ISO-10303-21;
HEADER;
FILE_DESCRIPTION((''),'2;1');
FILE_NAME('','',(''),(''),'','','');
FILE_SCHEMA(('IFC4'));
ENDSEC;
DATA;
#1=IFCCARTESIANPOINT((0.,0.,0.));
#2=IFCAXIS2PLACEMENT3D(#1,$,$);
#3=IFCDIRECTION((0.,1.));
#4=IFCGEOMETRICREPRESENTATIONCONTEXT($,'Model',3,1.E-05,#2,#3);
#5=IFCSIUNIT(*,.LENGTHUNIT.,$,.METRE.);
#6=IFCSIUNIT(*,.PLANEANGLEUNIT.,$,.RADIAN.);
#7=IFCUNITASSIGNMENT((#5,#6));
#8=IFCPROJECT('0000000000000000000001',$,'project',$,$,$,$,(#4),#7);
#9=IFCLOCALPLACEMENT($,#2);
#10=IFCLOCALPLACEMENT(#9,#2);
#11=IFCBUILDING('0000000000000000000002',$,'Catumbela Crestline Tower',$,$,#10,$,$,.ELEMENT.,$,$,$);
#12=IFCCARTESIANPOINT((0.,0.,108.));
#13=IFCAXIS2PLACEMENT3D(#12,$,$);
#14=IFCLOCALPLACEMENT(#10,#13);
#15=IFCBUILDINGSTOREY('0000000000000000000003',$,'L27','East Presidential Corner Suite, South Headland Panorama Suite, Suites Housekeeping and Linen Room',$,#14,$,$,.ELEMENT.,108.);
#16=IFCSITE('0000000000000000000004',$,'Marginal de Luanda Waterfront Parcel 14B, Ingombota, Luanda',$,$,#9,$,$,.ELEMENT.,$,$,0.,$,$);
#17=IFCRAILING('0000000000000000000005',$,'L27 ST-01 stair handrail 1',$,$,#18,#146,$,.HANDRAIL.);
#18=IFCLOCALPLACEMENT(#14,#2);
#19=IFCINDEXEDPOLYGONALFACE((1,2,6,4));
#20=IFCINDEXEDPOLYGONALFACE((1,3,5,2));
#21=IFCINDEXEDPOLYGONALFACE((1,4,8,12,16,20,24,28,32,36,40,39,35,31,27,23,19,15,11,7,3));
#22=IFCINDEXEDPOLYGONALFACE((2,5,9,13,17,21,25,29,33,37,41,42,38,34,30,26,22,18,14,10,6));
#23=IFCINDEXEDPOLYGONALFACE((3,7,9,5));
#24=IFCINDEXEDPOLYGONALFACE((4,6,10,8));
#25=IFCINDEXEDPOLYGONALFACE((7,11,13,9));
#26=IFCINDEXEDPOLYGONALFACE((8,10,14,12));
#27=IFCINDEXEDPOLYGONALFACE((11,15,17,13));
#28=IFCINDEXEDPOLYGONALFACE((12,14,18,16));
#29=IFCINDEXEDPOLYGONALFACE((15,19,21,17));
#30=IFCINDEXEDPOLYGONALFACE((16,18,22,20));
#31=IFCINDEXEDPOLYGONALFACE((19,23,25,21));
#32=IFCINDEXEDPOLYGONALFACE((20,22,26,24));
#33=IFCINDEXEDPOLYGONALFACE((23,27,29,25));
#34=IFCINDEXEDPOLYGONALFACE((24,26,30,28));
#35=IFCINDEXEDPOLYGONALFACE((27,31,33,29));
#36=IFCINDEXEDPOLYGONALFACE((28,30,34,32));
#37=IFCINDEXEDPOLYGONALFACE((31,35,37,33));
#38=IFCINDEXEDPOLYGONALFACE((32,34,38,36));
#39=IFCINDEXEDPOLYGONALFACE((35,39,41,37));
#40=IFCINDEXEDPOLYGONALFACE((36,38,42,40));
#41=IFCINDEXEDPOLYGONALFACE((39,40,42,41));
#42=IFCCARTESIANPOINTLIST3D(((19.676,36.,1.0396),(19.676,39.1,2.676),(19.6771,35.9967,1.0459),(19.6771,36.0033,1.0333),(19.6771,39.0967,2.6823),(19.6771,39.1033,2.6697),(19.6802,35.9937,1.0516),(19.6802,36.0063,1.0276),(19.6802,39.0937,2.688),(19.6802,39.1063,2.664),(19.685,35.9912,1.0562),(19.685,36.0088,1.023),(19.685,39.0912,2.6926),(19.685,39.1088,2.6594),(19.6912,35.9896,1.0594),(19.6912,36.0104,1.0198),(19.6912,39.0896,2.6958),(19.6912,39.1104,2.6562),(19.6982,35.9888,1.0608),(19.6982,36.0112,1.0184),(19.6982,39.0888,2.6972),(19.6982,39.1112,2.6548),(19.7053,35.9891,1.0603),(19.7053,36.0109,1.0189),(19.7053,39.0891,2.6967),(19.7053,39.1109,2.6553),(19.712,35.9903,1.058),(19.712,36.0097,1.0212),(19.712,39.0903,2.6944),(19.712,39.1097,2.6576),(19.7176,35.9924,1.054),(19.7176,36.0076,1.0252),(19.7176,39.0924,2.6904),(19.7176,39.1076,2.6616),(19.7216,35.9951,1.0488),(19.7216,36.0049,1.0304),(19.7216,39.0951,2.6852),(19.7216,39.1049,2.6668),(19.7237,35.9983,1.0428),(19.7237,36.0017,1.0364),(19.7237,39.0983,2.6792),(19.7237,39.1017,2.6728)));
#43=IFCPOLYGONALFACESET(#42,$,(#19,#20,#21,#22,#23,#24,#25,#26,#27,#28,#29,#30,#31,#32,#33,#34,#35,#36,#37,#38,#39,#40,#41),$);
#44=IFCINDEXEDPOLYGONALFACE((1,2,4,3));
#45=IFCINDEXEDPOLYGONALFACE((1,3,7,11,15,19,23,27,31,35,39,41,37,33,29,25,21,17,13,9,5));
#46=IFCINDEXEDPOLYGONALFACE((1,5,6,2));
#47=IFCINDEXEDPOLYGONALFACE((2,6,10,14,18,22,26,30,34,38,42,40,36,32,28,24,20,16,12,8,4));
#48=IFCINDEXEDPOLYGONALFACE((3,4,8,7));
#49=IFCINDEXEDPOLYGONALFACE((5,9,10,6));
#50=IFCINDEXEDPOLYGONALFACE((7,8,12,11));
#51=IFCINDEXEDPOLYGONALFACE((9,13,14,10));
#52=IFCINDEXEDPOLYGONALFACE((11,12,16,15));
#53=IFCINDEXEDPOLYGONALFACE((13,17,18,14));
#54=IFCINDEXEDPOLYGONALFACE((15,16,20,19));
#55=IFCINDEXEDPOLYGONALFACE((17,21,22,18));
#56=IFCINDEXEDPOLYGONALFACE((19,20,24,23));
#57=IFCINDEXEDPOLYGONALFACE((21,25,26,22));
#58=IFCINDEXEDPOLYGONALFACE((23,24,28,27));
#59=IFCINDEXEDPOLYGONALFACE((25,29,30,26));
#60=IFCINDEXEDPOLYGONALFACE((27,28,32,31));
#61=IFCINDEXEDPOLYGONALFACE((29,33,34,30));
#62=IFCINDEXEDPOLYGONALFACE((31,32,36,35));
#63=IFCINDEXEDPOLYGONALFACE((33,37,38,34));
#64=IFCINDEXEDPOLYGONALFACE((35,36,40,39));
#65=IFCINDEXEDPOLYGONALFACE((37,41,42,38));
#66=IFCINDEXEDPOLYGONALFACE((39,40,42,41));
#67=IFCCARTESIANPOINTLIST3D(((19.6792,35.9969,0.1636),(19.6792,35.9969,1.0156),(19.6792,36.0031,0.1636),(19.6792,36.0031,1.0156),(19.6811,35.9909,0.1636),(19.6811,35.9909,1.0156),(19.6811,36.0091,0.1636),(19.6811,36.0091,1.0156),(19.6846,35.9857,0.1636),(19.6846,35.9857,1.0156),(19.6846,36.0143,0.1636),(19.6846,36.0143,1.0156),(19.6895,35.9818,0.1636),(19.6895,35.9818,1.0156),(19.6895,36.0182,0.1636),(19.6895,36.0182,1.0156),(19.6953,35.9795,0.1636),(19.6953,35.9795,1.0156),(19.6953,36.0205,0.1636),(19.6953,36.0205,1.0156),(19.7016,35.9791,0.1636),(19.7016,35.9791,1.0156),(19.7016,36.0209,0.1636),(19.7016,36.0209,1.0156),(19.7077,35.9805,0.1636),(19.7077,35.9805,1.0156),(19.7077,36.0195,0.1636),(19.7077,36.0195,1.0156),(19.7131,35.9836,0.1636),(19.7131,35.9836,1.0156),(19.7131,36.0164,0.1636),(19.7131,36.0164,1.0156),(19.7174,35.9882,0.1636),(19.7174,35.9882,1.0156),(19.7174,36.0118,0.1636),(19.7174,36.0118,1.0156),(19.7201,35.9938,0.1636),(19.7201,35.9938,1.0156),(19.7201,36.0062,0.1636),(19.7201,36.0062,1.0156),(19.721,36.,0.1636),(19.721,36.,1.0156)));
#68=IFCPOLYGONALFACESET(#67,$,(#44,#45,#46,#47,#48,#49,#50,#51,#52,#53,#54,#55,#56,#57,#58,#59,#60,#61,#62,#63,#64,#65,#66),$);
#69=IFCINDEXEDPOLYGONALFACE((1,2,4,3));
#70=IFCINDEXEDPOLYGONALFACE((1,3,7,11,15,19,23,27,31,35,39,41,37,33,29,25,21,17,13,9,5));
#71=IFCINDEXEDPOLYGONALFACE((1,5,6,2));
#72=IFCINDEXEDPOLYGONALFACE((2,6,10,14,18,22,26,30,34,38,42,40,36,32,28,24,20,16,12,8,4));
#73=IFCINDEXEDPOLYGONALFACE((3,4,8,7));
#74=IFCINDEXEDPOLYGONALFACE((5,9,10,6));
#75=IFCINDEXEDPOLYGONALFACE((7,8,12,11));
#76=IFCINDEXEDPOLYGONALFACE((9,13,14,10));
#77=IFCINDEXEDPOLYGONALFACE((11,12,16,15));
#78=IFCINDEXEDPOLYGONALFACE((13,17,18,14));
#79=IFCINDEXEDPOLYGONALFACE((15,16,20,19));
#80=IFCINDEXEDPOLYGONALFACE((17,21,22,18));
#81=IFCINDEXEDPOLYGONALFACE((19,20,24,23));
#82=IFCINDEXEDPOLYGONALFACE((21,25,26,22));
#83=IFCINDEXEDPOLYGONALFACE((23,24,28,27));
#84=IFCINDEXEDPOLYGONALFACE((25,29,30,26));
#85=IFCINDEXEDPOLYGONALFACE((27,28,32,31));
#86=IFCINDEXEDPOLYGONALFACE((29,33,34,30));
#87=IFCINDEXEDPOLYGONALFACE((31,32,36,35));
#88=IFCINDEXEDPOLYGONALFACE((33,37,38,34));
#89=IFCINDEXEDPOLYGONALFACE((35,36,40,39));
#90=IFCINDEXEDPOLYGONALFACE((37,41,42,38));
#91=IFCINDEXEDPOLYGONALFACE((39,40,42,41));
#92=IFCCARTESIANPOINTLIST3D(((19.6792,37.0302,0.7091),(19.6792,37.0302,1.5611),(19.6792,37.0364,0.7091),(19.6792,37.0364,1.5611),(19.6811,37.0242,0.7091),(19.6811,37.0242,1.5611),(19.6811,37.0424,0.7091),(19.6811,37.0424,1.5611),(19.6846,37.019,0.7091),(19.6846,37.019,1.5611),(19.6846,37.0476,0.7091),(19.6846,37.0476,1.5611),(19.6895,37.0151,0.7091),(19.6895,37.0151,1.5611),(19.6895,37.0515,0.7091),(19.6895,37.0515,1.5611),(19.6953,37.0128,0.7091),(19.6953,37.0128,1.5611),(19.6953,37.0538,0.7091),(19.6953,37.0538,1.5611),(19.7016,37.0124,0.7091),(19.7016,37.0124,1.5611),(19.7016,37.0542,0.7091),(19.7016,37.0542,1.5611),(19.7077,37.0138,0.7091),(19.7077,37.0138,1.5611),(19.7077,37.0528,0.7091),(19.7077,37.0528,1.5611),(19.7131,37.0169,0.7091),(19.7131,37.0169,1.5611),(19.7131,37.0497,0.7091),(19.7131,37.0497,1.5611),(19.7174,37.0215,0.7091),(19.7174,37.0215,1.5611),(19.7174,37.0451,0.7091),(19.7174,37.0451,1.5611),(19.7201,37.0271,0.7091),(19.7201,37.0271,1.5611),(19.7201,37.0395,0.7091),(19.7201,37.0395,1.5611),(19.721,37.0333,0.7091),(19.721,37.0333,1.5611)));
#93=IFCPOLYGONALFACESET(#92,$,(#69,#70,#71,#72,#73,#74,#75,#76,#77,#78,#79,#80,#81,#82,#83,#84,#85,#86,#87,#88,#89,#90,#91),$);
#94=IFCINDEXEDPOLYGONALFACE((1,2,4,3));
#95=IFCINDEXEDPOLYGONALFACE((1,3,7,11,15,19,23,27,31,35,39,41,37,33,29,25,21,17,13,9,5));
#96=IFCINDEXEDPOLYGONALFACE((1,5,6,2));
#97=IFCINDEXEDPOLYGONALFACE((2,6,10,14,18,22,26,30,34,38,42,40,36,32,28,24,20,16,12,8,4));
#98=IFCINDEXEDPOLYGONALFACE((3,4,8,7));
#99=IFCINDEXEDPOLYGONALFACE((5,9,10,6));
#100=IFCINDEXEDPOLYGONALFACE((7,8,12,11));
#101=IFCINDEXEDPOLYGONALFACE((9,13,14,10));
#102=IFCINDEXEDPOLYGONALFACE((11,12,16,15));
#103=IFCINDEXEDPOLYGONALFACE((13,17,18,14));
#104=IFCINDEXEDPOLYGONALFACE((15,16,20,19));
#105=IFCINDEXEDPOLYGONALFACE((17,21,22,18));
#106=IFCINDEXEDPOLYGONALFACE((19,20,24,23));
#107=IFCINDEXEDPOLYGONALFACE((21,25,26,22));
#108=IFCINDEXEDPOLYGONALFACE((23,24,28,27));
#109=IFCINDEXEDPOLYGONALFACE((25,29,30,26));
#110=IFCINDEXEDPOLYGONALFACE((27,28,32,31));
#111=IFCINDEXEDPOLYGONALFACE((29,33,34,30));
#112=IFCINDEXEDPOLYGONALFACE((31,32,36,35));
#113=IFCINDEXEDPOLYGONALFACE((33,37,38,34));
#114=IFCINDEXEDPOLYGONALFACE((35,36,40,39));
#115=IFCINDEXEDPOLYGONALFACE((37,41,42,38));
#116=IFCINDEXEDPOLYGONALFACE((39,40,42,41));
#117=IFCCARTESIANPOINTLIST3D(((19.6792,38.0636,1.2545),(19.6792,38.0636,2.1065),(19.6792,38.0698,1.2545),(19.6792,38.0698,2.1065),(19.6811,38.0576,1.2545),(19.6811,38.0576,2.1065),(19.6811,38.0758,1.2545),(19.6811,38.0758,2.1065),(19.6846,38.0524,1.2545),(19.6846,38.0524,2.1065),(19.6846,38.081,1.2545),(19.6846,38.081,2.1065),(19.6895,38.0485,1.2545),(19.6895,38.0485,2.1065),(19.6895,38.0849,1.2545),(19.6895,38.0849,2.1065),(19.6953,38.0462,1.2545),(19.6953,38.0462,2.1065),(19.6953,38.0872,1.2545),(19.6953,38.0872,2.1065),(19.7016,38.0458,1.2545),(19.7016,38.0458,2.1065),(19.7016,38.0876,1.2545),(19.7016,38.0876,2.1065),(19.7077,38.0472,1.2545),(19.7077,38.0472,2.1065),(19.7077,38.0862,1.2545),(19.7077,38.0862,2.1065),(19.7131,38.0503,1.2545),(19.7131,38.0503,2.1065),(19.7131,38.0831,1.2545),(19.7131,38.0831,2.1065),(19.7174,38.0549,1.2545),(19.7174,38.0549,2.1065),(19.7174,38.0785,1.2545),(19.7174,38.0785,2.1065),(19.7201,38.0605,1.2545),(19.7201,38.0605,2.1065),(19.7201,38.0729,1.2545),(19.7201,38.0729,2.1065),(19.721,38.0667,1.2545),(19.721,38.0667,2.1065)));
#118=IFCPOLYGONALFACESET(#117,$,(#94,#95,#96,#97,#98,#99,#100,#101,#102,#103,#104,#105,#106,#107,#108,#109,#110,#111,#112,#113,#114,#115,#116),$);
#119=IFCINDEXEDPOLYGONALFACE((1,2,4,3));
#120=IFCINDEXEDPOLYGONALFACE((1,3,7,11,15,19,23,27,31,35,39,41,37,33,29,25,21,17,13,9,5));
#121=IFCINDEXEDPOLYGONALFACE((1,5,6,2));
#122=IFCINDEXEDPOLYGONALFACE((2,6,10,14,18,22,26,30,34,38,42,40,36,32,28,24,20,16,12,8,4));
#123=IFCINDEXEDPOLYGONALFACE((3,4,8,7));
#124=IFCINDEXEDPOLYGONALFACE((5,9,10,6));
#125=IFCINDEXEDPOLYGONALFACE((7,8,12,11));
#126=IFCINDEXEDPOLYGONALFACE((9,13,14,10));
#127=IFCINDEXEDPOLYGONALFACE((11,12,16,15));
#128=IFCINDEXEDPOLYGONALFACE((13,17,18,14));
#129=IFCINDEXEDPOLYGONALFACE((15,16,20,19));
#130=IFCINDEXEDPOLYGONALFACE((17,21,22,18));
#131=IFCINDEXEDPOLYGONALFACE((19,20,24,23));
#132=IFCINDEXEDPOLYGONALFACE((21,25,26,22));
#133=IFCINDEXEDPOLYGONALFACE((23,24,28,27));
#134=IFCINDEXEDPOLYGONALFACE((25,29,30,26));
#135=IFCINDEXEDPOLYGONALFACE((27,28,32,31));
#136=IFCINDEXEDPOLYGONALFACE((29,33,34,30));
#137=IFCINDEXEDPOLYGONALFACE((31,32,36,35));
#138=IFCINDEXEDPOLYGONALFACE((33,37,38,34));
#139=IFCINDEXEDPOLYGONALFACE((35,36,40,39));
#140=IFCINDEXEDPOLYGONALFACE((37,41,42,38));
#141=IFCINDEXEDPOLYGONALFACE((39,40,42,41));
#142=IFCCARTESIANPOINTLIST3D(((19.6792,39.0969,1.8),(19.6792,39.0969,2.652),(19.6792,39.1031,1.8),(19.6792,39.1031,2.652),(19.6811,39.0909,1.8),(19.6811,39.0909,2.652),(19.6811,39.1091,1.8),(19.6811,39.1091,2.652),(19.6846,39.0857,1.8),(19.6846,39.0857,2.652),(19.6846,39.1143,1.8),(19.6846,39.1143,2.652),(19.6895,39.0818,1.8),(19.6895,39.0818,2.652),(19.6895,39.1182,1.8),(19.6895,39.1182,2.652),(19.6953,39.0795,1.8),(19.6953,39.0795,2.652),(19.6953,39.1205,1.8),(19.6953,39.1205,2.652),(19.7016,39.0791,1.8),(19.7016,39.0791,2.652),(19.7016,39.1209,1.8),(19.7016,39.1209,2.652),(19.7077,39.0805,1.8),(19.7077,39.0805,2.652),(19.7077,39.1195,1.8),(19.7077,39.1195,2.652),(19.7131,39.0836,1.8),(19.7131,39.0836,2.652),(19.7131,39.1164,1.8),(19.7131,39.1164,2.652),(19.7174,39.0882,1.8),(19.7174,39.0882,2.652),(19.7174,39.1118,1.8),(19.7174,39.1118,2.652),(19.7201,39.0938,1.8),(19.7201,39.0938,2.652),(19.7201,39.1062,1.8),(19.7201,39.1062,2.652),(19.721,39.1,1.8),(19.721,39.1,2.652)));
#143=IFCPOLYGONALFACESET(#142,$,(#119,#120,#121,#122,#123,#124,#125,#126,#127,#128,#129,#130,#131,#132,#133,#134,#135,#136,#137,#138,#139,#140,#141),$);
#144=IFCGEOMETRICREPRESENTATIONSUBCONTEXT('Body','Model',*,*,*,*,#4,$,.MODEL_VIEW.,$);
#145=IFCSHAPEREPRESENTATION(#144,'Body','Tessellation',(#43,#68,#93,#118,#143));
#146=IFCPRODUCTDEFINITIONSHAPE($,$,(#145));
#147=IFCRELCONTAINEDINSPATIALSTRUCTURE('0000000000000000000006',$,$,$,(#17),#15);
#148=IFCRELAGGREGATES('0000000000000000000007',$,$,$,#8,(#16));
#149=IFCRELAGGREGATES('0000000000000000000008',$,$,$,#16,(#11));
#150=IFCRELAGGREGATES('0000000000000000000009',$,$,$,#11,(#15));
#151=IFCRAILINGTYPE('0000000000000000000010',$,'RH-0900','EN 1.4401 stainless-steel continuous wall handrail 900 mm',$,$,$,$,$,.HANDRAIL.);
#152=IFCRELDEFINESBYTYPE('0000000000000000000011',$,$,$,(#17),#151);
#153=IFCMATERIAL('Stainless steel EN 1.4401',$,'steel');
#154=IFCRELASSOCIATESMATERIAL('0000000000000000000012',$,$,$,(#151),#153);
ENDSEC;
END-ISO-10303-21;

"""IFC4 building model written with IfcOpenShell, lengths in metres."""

from ifc_helpers import new_model, si_unit, direction, frame, origin, origin_2d, place, context, subcontext, project, spatial, circle, extrude, material, type_object, element, save


model = new_model("IFC4")

# Units and contexts
model_context = context("Model", 3, precision=1e-05, world=origin(), true_north=direction((0.0, 1.0)))
body_context = subcontext(model_context, "Body", "Model", "MODEL_VIEW")
ifc_project = project(units=[si_unit("LENGTHUNIT", "METRE"), si_unit("PLANEANGLEUNIT", "RADIAN")], contexts=[model_context])

# Site, building, storey
site_placement = place(None, origin())
site = spatial("IfcSite", under=ifc_project, at=site_placement, Name="Marginal de Luanda Waterfront Parcel 14B, Ingombota, Luanda", CompositionType="ELEMENT", RefElevation=0.0)
building_placement = place(site_placement, origin())
building = spatial("IfcBuilding", under=site, at=building_placement, Name="Catumbela Crestline Tower", CompositionType="ELEMENT")
storey_placement = place(building_placement, frame((0.0, 0.0, 108.0)))
storey = spatial("IfcBuildingStorey", under=building, at=storey_placement, Name="L27", Description="East Presidential Corner Suite, South Headland Panorama Suite, Suites Housekeeping and Linen Room", CompositionType="ELEMENT", Elevation=108.0)

# Shared definitions
ifc_material_1 = material(Name="Stainless steel EN 1.4401", Category="steel")

# Railing
railing_type = type_object("IfcRailingType", Name="RH-0900", Description="EN 1.4401 stainless-steel continuous wall handrail 900 mm", PredefinedType="HANDRAIL", material=ifc_material_1)
railing_placement = place(storey_placement, frame((19.7, 36.0, 0.1636)))
element("IfcRailing", 1, at=railing_placement, inside=storey, type_object=railing_type, Name="L27 ST-01 stair handrail 1", PredefinedType="HANDRAIL", context=body_context, shape_type="SweptSolid", body=[
    extrude(circle(Radius=0.024, at=origin_2d()), frame((0.0, 0.0, 0.876), z_axis=(0.0, 0.884351, 0.466823), x_axis=(-1.0, 0.0, 0.0)), (0.0, 0.0, 1.0), 3.5054),
    extrude(circle(Radius=0.021, at=origin_2d()), origin(), (0.0, 0.0, 1.0), 0.852),
    extrude(circle(Radius=0.021, at=origin_2d()), frame((0.0, 1.0333, 0.5455)), (0.0, 0.0, 1.0), 0.852),
    extrude(circle(Radius=0.021, at=origin_2d()), frame((0.0, 2.0667, 1.0909)), (0.0, 0.0, 1.0), 0.852),
    extrude(circle(Radius=0.021, at=origin_2d()), frame((0.0, 3.1, 1.6364)), (0.0, 0.0, 1.0), 0.852),
])

save(model, "model.ifc")
